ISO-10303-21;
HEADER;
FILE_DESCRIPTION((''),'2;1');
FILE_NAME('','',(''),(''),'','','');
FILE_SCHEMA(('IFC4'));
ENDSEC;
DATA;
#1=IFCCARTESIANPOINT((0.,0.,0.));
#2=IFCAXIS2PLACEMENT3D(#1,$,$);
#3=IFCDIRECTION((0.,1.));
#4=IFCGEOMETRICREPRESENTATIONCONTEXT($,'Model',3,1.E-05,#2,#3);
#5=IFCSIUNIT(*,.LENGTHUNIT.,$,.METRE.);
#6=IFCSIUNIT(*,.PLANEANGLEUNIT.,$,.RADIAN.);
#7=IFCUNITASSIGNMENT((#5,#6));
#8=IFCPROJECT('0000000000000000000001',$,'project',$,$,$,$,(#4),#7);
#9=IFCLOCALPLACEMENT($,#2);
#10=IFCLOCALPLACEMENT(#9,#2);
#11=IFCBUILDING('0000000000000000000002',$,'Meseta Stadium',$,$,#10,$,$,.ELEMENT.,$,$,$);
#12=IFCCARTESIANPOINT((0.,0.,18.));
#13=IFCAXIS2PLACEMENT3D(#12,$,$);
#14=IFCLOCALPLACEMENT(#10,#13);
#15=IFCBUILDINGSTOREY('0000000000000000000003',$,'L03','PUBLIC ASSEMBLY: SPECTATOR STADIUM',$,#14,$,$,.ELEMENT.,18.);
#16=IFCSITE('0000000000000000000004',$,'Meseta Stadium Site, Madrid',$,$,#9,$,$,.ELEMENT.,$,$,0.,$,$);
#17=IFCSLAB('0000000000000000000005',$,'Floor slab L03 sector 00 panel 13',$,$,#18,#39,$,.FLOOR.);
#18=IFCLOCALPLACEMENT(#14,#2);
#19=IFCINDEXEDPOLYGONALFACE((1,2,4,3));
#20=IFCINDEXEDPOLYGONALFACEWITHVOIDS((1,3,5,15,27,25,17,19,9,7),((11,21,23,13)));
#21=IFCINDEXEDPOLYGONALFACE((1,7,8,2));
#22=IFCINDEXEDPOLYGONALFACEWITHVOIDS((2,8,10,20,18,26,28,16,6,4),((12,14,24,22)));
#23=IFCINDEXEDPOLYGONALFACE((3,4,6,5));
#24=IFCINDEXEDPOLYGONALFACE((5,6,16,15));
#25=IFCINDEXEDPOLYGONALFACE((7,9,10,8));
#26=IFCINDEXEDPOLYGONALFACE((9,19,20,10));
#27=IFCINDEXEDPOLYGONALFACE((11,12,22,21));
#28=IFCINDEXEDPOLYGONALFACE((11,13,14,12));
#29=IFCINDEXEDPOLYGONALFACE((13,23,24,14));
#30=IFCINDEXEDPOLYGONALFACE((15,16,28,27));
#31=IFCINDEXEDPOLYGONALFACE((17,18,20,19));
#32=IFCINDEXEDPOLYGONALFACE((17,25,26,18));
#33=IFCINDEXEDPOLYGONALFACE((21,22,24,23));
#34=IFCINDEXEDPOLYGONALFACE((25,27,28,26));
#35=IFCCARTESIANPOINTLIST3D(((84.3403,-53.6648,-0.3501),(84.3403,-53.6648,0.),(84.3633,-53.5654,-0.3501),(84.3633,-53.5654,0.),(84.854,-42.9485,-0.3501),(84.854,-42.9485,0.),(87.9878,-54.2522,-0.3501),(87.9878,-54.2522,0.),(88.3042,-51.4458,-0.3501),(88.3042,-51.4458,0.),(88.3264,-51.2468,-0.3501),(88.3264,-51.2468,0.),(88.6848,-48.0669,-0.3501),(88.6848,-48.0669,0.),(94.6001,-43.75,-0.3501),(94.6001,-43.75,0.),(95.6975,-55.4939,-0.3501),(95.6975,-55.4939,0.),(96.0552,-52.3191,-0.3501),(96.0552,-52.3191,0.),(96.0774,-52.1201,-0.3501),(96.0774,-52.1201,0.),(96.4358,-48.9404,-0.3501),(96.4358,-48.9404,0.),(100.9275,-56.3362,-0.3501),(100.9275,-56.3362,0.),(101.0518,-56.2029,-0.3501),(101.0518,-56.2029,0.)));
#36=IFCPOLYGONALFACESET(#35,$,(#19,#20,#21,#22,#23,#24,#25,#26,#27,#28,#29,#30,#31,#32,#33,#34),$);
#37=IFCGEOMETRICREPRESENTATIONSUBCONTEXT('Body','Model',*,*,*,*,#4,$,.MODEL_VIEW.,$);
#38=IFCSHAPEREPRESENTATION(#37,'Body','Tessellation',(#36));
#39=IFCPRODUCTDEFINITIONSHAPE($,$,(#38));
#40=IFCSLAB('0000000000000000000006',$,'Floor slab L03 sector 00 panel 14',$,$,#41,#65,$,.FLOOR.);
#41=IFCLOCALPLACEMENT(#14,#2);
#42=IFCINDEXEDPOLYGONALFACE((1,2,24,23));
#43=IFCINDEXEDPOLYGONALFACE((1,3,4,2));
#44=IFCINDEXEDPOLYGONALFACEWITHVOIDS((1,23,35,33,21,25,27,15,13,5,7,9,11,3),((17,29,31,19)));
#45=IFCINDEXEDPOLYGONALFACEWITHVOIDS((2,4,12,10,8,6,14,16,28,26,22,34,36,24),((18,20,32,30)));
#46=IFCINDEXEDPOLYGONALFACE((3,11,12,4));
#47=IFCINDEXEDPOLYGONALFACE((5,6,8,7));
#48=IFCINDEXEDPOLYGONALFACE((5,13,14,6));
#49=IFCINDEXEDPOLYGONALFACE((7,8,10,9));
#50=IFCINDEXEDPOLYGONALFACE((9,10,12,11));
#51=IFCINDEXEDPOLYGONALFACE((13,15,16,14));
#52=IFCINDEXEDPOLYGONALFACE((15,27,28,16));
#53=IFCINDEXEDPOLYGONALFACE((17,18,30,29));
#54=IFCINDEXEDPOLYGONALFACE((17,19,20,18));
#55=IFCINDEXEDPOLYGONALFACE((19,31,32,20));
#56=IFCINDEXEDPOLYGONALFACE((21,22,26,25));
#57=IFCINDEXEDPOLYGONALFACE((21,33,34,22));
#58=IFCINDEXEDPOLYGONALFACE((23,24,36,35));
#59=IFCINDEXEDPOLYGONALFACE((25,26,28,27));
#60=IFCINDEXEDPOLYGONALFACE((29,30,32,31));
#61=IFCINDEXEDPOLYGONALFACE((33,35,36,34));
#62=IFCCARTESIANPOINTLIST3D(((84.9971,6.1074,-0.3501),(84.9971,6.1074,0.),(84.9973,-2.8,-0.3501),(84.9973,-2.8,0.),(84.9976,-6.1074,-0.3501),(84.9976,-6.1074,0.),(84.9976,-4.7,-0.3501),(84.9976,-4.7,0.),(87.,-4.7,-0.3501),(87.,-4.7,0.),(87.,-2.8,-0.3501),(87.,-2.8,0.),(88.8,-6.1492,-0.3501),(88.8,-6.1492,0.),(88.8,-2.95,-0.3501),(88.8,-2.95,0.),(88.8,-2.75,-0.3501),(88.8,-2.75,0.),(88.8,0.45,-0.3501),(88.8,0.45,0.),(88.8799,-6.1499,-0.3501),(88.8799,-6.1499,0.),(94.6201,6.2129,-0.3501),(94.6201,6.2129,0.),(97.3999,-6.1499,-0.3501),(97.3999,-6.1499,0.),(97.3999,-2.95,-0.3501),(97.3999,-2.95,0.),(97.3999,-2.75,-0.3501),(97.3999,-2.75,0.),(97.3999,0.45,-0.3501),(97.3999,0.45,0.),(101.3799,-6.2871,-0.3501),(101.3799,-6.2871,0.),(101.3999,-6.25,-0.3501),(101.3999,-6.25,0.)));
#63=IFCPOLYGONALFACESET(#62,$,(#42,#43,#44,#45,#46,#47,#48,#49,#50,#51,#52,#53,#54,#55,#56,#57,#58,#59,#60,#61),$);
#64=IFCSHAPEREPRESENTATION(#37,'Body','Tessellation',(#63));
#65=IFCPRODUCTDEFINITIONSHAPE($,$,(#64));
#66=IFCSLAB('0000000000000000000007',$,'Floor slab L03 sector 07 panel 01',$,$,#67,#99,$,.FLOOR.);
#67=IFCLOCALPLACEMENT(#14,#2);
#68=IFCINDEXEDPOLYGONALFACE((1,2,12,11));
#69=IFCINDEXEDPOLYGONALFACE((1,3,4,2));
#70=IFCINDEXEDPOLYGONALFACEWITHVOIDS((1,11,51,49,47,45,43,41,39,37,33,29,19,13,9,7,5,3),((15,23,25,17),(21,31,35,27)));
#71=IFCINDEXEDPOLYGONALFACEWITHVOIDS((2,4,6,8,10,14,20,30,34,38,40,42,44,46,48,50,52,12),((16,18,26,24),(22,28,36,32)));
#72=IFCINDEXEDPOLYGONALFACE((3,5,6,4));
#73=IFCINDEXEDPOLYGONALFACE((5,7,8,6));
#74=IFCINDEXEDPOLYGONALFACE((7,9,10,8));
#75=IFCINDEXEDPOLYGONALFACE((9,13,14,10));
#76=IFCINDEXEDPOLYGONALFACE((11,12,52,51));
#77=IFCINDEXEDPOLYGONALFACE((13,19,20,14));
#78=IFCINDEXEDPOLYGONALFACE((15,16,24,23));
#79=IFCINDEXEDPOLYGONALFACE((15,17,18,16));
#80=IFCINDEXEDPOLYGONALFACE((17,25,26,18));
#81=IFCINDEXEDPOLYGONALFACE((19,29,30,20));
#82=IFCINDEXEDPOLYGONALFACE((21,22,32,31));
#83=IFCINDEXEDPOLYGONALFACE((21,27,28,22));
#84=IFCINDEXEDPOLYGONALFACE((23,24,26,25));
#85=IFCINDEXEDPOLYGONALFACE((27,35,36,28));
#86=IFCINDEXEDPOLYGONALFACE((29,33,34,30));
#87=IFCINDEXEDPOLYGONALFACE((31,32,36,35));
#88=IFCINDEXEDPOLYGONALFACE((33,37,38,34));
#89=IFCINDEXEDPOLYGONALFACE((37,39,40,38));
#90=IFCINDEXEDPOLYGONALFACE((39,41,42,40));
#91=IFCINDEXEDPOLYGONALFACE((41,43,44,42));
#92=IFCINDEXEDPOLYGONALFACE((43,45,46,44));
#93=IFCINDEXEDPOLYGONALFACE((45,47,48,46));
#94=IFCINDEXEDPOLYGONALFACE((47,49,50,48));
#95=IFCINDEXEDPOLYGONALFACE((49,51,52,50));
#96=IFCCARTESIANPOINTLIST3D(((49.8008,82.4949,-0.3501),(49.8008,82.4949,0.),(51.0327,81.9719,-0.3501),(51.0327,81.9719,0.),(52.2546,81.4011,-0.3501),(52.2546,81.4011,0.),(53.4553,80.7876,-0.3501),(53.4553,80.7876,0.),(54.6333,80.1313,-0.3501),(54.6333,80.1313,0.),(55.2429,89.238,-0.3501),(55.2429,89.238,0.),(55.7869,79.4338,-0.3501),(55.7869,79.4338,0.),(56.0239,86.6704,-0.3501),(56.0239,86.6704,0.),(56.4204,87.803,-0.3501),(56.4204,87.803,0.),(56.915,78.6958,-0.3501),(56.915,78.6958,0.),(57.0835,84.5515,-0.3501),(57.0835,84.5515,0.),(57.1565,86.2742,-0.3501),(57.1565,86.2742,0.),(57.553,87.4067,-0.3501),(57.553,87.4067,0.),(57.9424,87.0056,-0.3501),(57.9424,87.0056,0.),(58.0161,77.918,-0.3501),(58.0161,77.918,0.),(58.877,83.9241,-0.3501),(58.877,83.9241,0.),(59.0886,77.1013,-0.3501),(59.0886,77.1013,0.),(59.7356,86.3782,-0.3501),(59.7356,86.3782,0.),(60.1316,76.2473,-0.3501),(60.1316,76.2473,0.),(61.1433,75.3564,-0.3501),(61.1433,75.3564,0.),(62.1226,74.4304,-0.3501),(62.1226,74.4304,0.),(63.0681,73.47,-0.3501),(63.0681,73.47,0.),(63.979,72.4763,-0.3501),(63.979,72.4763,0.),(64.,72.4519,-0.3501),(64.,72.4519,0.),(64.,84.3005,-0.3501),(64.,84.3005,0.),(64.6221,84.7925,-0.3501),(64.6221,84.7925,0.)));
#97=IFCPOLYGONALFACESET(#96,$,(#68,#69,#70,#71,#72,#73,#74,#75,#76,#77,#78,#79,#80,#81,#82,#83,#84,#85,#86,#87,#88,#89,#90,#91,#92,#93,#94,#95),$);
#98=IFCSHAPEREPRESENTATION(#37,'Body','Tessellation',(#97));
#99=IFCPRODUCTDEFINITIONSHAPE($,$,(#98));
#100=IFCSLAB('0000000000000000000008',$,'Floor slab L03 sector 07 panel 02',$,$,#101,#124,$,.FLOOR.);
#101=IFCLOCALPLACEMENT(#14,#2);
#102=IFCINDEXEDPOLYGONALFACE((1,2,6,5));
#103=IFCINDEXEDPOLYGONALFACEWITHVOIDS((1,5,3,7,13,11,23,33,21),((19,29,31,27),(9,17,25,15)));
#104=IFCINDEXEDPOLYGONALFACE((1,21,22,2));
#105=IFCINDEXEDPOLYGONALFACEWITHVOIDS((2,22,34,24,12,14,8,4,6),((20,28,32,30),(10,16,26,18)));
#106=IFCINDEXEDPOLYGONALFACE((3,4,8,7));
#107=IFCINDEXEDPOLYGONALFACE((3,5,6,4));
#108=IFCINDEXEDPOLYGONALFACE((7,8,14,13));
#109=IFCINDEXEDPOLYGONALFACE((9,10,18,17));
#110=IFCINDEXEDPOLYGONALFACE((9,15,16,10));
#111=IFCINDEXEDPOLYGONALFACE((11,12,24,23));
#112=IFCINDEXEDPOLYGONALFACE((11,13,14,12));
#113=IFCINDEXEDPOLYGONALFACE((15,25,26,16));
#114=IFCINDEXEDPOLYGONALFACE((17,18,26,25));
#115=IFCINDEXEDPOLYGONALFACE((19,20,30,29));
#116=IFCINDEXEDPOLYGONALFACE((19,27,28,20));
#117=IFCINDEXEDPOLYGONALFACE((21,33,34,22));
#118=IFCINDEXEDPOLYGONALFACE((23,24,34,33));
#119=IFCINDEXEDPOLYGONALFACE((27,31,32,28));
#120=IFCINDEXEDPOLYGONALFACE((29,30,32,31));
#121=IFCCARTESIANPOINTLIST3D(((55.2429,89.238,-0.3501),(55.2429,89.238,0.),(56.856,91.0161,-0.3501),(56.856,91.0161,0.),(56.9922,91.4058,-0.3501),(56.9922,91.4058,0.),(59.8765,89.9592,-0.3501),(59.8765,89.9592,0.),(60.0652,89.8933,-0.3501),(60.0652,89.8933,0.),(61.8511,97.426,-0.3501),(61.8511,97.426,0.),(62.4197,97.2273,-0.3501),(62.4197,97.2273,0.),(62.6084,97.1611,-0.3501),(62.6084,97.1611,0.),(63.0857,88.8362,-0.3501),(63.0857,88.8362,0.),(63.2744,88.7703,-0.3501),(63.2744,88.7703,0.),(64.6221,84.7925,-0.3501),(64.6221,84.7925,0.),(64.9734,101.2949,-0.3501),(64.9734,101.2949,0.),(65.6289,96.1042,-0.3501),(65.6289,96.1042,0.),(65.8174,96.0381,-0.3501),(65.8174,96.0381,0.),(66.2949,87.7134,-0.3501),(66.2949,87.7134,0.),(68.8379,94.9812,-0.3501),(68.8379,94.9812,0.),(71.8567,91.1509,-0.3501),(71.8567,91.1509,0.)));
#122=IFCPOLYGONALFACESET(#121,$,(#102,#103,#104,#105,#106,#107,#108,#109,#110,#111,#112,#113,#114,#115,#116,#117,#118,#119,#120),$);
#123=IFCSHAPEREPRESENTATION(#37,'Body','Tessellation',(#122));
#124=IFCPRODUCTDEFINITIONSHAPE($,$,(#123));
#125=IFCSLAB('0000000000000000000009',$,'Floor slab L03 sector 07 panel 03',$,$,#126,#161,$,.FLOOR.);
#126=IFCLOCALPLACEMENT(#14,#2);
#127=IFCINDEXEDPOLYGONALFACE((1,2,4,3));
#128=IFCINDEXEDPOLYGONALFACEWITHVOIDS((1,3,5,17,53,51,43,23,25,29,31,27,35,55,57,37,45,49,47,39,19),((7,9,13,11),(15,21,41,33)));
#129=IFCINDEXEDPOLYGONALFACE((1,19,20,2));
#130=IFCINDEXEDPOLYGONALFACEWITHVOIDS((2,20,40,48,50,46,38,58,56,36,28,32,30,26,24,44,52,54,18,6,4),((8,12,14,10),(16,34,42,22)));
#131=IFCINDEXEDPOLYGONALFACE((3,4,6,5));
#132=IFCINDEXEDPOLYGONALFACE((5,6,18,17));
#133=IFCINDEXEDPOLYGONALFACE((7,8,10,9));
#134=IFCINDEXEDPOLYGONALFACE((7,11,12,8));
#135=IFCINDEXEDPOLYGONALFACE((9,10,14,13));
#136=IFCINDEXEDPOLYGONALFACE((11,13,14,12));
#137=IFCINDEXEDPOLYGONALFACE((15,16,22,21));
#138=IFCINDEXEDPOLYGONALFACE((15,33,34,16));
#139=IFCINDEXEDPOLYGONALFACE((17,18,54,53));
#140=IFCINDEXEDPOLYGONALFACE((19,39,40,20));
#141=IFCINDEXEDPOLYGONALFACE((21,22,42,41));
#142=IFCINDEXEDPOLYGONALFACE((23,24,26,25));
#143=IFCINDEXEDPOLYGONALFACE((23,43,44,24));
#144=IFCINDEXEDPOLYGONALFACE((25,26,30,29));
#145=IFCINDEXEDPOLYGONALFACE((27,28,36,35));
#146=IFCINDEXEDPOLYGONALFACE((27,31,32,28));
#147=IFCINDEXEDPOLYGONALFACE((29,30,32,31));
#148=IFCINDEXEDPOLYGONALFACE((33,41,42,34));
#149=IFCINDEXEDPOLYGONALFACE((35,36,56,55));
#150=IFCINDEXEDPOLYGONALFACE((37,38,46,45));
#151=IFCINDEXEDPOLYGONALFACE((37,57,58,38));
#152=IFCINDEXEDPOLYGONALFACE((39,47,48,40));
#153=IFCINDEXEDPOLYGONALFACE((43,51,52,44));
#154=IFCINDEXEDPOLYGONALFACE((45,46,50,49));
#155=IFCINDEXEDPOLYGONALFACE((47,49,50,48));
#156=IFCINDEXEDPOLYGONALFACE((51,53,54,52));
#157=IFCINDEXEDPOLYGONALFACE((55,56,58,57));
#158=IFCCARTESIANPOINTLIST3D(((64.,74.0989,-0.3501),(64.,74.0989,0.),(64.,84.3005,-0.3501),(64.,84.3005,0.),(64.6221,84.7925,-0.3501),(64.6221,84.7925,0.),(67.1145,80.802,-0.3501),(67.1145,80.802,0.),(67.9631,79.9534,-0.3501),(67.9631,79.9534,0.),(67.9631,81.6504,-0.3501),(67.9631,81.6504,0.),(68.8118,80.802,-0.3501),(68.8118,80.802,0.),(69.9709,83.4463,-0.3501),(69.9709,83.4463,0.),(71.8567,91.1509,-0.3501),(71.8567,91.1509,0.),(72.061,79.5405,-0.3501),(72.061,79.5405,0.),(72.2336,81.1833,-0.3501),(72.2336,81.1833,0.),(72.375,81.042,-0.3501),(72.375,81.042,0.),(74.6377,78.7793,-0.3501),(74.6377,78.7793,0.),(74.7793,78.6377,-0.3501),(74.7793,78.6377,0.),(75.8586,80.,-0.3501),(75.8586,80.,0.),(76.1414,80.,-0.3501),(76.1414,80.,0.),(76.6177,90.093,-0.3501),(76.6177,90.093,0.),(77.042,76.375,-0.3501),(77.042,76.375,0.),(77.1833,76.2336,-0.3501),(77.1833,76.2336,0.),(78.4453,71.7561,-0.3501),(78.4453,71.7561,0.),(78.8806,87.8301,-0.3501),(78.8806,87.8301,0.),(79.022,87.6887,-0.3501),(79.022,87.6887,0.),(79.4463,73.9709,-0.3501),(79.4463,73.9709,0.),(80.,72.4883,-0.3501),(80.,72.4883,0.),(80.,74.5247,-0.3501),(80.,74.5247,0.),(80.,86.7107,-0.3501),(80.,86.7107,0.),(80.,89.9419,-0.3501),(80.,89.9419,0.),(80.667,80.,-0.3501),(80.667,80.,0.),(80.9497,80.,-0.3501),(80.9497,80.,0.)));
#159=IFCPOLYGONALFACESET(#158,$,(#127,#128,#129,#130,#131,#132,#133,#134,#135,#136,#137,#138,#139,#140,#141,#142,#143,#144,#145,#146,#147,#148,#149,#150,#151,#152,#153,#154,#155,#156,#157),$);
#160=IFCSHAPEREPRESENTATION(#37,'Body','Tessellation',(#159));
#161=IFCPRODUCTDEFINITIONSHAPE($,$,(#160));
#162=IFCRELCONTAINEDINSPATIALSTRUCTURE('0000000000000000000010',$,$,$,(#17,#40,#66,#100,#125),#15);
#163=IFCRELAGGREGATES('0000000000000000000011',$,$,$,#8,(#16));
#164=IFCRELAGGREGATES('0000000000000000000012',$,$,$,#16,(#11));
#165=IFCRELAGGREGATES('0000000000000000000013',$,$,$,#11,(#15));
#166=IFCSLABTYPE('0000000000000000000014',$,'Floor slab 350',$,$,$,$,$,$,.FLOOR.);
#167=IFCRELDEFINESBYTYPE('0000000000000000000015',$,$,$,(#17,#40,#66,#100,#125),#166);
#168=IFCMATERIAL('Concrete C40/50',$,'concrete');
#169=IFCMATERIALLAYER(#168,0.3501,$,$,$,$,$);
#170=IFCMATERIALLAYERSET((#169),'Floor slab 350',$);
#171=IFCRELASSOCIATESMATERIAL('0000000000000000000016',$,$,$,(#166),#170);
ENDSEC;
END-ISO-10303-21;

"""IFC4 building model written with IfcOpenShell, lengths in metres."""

from ifc_helpers import new_model, si_unit, direction, frame, origin, place, context, subcontext, project, spatial, polyline, outline, extrude, material, layer, layer_set, type_object, element, save


model = new_model("IFC4")

# Units and contexts
model_context = context("Model", 3, precision=1e-05, world=origin(), true_north=direction((0.0, 1.0)))
body_context = subcontext(model_context, "Body", "Model", "MODEL_VIEW")
ifc_project = project(units=[si_unit("LENGTHUNIT", "METRE"), si_unit("PLANEANGLEUNIT", "RADIAN")], contexts=[model_context])

# Site, building, storey
site_placement = place(None, origin())
site = spatial("IfcSite", under=ifc_project, at=site_placement, Name="Meseta Stadium Site, Madrid", CompositionType="ELEMENT", RefElevation=0.0)
building_placement = place(site_placement, origin())
building = spatial("IfcBuilding", under=site, at=building_placement, Name="Meseta Stadium", CompositionType="ELEMENT")
storey_placement = place(building_placement, frame((0.0, 0.0, 18.0)))
storey = spatial("IfcBuildingStorey", under=building, at=storey_placement, Name="L03", Description="PUBLIC ASSEMBLY: SPECTATOR STADIUM", CompositionType="ELEMENT", Elevation=18.0)

# Slabs
ifc_material = material(Name="Concrete C40/50", Category="concrete")
ifc_layer = layer(ifc_material, 0.3501)
ifc_layer_set = layer_set([ifc_layer], Name="Floor slab 350")
slab_type = type_object("IfcSlabType", Name="Floor slab 350", PredefinedType="FLOOR", material=ifc_layer_set)
slab_1_placement = place(storey_placement, frame((0.0, 0.0, -0.3501)))
element("IfcSlab", 1, at=slab_1_placement, inside=storey, type_object=slab_type, Name="Floor slab L03 sector 00 panel 13", PredefinedType="FLOOR", context=body_context, shape_type="SweptSolid", body=[
    extrude(outline(polyline([(96.0552, -52.3191), (95.6975, -55.4939), (100.9275, -56.3362), (101.0518, -56.2029), (94.6001, -43.75), (84.854, -42.9485), (84.3633, -53.5654), (84.3403, -53.6648), (87.9878, -54.2522), (88.3042, -51.4458), (96.0552, -52.3191)]), holes=[polyline([(96.0774, -52.1201), (88.3264, -51.2468), (88.6848, -48.0669), (96.4358, -48.9404), (96.0774, -52.1201)])]), origin(), (0.0, 0.0, 1.0), 0.3501),
])
slab_2_placement = place(storey_placement, frame((0.0, 0.0, -0.3501)))
element("IfcSlab", 2, at=slab_2_placement, inside=storey, type_object=slab_type, Name="Floor slab L03 sector 00 panel 14", PredefinedType="FLOOR", context=body_context, shape_type="SweptSolid", body=[
    extrude(outline(polyline([(88.8799, -6.1499), (101.3799, -6.2871), (101.3999, -6.25), (94.6201, 6.2129), (84.9971, 6.1074), (84.9973, -2.8), (87.0, -2.8), (87.0, -4.7), (84.9976, -4.7), (84.9976, -6.1074), (88.8, -6.1492), (88.8, -2.95), (97.3999, -2.95), (97.3999, -6.1499), (88.8799, -6.1499)]), holes=[polyline([(97.3999, -2.75), (88.8, -2.75), (88.8, 0.45), (97.3999, 0.45), (97.3999, -2.75)])]), origin(), (0.0, 0.0, 1.0), 0.3501),
])
slab_3_placement = place(storey_placement, frame((0.0, 0.0, -0.3501)))
element("IfcSlab", 3, at=slab_3_placement, inside=storey, type_object=slab_type, Name="Floor slab L03 sector 07 panel 01", PredefinedType="FLOOR", context=body_context, shape_type="SweptSolid", body=[
    extrude(outline(polyline([(59.0886, 77.1013), (60.1316, 76.2473), (61.1433, 75.3564), (62.1226, 74.4304), (63.0681, 73.47), (63.979, 72.4763), (64.0, 72.4519), (64.0, 84.3005), (64.6221, 84.7925), (55.2429, 89.238), (49.8008, 82.4949), (51.0327, 81.9719), (52.2546, 81.4011), (53.4553, 80.7876), (54.6333, 80.1313), (55.7869, 79.4338), (56.915, 78.6958), (58.0161, 77.918), (59.0886, 77.1013)]), holes=[polyline([(59.7356, 86.3782), (58.877, 83.9241), (57.0835, 84.5515), (57.9424, 87.0056), (59.7356, 86.3782)]), polyline([(57.1565, 86.2742), (56.0239, 86.6704), (56.4204, 87.803), (57.553, 87.4067), (57.1565, 86.2742)])]), origin(), (0.0, 0.0, 1.0), 0.3501),
])
slab_4_placement = place(storey_placement, frame((0.0, 0.0, -0.3501)))
element("IfcSlab", 4, at=slab_4_placement, inside=storey, type_object=slab_type, Name="Floor slab L03 sector 07 panel 02", PredefinedType="FLOOR", context=body_context, shape_type="SweptSolid", body=[
    extrude(outline(polyline([(55.2429, 89.238), (64.6221, 84.7925), (71.8567, 91.1509), (64.9734, 101.2949), (61.8511, 97.426), (62.4197, 97.2273), (59.8765, 89.9592), (56.856, 91.0161), (56.9922, 91.4058), (55.2429, 89.238)]), holes=[polyline([(62.6084, 97.1611), (65.6289, 96.1042), (63.0857, 88.8362), (60.0652, 89.8933), (62.6084, 97.1611)]), polyline([(65.8174, 96.0381), (68.8379, 94.9812), (66.2949, 87.7134), (63.2744, 88.7703), (65.8174, 96.0381)])]), origin(), (0.0, 0.0, 1.0), 0.3501),
])
slab_5_placement = place(storey_placement, frame((0.0, 0.0, -0.3501)))
element("IfcSlab", 5, at=slab_5_placement, inside=storey, type_object=slab_type, Name="Floor slab L03 sector 07 panel 03", PredefinedType="FLOOR", context=body_context, shape_type="SweptSolid", body=[
    extrude(outline(polyline([(80.9497, 80.0), (80.667, 80.0), (77.042, 76.375), (74.7793, 78.6377), (76.1414, 80.0), (75.8586, 80.0), (74.6377, 78.7793), (72.375, 81.042), (79.022, 87.6887), (80.0, 86.7107), (80.0, 89.9419), (71.8567, 91.1509), (64.6221, 84.7925), (64.0, 84.3005), (64.0, 74.0989), (72.061, 79.5405), (78.4453, 71.7561), (80.0, 72.4883), (80.0, 74.5247), (79.4463, 73.9709), (77.1833, 76.2336), (80.9497, 80.0)]), holes=[polyline([(67.9631, 81.6504), (68.8118, 80.802), (67.9631, 79.9534), (67.1145, 80.802), (67.9631, 81.6504)]), polyline([(78.8806, 87.8301), (72.2336, 81.1833), (69.9709, 83.4463), (76.6177, 90.093), (78.8806, 87.8301)])]), origin(), (0.0, 0.0, 1.0), 0.3501),
])

save(model, "model.ifc")
